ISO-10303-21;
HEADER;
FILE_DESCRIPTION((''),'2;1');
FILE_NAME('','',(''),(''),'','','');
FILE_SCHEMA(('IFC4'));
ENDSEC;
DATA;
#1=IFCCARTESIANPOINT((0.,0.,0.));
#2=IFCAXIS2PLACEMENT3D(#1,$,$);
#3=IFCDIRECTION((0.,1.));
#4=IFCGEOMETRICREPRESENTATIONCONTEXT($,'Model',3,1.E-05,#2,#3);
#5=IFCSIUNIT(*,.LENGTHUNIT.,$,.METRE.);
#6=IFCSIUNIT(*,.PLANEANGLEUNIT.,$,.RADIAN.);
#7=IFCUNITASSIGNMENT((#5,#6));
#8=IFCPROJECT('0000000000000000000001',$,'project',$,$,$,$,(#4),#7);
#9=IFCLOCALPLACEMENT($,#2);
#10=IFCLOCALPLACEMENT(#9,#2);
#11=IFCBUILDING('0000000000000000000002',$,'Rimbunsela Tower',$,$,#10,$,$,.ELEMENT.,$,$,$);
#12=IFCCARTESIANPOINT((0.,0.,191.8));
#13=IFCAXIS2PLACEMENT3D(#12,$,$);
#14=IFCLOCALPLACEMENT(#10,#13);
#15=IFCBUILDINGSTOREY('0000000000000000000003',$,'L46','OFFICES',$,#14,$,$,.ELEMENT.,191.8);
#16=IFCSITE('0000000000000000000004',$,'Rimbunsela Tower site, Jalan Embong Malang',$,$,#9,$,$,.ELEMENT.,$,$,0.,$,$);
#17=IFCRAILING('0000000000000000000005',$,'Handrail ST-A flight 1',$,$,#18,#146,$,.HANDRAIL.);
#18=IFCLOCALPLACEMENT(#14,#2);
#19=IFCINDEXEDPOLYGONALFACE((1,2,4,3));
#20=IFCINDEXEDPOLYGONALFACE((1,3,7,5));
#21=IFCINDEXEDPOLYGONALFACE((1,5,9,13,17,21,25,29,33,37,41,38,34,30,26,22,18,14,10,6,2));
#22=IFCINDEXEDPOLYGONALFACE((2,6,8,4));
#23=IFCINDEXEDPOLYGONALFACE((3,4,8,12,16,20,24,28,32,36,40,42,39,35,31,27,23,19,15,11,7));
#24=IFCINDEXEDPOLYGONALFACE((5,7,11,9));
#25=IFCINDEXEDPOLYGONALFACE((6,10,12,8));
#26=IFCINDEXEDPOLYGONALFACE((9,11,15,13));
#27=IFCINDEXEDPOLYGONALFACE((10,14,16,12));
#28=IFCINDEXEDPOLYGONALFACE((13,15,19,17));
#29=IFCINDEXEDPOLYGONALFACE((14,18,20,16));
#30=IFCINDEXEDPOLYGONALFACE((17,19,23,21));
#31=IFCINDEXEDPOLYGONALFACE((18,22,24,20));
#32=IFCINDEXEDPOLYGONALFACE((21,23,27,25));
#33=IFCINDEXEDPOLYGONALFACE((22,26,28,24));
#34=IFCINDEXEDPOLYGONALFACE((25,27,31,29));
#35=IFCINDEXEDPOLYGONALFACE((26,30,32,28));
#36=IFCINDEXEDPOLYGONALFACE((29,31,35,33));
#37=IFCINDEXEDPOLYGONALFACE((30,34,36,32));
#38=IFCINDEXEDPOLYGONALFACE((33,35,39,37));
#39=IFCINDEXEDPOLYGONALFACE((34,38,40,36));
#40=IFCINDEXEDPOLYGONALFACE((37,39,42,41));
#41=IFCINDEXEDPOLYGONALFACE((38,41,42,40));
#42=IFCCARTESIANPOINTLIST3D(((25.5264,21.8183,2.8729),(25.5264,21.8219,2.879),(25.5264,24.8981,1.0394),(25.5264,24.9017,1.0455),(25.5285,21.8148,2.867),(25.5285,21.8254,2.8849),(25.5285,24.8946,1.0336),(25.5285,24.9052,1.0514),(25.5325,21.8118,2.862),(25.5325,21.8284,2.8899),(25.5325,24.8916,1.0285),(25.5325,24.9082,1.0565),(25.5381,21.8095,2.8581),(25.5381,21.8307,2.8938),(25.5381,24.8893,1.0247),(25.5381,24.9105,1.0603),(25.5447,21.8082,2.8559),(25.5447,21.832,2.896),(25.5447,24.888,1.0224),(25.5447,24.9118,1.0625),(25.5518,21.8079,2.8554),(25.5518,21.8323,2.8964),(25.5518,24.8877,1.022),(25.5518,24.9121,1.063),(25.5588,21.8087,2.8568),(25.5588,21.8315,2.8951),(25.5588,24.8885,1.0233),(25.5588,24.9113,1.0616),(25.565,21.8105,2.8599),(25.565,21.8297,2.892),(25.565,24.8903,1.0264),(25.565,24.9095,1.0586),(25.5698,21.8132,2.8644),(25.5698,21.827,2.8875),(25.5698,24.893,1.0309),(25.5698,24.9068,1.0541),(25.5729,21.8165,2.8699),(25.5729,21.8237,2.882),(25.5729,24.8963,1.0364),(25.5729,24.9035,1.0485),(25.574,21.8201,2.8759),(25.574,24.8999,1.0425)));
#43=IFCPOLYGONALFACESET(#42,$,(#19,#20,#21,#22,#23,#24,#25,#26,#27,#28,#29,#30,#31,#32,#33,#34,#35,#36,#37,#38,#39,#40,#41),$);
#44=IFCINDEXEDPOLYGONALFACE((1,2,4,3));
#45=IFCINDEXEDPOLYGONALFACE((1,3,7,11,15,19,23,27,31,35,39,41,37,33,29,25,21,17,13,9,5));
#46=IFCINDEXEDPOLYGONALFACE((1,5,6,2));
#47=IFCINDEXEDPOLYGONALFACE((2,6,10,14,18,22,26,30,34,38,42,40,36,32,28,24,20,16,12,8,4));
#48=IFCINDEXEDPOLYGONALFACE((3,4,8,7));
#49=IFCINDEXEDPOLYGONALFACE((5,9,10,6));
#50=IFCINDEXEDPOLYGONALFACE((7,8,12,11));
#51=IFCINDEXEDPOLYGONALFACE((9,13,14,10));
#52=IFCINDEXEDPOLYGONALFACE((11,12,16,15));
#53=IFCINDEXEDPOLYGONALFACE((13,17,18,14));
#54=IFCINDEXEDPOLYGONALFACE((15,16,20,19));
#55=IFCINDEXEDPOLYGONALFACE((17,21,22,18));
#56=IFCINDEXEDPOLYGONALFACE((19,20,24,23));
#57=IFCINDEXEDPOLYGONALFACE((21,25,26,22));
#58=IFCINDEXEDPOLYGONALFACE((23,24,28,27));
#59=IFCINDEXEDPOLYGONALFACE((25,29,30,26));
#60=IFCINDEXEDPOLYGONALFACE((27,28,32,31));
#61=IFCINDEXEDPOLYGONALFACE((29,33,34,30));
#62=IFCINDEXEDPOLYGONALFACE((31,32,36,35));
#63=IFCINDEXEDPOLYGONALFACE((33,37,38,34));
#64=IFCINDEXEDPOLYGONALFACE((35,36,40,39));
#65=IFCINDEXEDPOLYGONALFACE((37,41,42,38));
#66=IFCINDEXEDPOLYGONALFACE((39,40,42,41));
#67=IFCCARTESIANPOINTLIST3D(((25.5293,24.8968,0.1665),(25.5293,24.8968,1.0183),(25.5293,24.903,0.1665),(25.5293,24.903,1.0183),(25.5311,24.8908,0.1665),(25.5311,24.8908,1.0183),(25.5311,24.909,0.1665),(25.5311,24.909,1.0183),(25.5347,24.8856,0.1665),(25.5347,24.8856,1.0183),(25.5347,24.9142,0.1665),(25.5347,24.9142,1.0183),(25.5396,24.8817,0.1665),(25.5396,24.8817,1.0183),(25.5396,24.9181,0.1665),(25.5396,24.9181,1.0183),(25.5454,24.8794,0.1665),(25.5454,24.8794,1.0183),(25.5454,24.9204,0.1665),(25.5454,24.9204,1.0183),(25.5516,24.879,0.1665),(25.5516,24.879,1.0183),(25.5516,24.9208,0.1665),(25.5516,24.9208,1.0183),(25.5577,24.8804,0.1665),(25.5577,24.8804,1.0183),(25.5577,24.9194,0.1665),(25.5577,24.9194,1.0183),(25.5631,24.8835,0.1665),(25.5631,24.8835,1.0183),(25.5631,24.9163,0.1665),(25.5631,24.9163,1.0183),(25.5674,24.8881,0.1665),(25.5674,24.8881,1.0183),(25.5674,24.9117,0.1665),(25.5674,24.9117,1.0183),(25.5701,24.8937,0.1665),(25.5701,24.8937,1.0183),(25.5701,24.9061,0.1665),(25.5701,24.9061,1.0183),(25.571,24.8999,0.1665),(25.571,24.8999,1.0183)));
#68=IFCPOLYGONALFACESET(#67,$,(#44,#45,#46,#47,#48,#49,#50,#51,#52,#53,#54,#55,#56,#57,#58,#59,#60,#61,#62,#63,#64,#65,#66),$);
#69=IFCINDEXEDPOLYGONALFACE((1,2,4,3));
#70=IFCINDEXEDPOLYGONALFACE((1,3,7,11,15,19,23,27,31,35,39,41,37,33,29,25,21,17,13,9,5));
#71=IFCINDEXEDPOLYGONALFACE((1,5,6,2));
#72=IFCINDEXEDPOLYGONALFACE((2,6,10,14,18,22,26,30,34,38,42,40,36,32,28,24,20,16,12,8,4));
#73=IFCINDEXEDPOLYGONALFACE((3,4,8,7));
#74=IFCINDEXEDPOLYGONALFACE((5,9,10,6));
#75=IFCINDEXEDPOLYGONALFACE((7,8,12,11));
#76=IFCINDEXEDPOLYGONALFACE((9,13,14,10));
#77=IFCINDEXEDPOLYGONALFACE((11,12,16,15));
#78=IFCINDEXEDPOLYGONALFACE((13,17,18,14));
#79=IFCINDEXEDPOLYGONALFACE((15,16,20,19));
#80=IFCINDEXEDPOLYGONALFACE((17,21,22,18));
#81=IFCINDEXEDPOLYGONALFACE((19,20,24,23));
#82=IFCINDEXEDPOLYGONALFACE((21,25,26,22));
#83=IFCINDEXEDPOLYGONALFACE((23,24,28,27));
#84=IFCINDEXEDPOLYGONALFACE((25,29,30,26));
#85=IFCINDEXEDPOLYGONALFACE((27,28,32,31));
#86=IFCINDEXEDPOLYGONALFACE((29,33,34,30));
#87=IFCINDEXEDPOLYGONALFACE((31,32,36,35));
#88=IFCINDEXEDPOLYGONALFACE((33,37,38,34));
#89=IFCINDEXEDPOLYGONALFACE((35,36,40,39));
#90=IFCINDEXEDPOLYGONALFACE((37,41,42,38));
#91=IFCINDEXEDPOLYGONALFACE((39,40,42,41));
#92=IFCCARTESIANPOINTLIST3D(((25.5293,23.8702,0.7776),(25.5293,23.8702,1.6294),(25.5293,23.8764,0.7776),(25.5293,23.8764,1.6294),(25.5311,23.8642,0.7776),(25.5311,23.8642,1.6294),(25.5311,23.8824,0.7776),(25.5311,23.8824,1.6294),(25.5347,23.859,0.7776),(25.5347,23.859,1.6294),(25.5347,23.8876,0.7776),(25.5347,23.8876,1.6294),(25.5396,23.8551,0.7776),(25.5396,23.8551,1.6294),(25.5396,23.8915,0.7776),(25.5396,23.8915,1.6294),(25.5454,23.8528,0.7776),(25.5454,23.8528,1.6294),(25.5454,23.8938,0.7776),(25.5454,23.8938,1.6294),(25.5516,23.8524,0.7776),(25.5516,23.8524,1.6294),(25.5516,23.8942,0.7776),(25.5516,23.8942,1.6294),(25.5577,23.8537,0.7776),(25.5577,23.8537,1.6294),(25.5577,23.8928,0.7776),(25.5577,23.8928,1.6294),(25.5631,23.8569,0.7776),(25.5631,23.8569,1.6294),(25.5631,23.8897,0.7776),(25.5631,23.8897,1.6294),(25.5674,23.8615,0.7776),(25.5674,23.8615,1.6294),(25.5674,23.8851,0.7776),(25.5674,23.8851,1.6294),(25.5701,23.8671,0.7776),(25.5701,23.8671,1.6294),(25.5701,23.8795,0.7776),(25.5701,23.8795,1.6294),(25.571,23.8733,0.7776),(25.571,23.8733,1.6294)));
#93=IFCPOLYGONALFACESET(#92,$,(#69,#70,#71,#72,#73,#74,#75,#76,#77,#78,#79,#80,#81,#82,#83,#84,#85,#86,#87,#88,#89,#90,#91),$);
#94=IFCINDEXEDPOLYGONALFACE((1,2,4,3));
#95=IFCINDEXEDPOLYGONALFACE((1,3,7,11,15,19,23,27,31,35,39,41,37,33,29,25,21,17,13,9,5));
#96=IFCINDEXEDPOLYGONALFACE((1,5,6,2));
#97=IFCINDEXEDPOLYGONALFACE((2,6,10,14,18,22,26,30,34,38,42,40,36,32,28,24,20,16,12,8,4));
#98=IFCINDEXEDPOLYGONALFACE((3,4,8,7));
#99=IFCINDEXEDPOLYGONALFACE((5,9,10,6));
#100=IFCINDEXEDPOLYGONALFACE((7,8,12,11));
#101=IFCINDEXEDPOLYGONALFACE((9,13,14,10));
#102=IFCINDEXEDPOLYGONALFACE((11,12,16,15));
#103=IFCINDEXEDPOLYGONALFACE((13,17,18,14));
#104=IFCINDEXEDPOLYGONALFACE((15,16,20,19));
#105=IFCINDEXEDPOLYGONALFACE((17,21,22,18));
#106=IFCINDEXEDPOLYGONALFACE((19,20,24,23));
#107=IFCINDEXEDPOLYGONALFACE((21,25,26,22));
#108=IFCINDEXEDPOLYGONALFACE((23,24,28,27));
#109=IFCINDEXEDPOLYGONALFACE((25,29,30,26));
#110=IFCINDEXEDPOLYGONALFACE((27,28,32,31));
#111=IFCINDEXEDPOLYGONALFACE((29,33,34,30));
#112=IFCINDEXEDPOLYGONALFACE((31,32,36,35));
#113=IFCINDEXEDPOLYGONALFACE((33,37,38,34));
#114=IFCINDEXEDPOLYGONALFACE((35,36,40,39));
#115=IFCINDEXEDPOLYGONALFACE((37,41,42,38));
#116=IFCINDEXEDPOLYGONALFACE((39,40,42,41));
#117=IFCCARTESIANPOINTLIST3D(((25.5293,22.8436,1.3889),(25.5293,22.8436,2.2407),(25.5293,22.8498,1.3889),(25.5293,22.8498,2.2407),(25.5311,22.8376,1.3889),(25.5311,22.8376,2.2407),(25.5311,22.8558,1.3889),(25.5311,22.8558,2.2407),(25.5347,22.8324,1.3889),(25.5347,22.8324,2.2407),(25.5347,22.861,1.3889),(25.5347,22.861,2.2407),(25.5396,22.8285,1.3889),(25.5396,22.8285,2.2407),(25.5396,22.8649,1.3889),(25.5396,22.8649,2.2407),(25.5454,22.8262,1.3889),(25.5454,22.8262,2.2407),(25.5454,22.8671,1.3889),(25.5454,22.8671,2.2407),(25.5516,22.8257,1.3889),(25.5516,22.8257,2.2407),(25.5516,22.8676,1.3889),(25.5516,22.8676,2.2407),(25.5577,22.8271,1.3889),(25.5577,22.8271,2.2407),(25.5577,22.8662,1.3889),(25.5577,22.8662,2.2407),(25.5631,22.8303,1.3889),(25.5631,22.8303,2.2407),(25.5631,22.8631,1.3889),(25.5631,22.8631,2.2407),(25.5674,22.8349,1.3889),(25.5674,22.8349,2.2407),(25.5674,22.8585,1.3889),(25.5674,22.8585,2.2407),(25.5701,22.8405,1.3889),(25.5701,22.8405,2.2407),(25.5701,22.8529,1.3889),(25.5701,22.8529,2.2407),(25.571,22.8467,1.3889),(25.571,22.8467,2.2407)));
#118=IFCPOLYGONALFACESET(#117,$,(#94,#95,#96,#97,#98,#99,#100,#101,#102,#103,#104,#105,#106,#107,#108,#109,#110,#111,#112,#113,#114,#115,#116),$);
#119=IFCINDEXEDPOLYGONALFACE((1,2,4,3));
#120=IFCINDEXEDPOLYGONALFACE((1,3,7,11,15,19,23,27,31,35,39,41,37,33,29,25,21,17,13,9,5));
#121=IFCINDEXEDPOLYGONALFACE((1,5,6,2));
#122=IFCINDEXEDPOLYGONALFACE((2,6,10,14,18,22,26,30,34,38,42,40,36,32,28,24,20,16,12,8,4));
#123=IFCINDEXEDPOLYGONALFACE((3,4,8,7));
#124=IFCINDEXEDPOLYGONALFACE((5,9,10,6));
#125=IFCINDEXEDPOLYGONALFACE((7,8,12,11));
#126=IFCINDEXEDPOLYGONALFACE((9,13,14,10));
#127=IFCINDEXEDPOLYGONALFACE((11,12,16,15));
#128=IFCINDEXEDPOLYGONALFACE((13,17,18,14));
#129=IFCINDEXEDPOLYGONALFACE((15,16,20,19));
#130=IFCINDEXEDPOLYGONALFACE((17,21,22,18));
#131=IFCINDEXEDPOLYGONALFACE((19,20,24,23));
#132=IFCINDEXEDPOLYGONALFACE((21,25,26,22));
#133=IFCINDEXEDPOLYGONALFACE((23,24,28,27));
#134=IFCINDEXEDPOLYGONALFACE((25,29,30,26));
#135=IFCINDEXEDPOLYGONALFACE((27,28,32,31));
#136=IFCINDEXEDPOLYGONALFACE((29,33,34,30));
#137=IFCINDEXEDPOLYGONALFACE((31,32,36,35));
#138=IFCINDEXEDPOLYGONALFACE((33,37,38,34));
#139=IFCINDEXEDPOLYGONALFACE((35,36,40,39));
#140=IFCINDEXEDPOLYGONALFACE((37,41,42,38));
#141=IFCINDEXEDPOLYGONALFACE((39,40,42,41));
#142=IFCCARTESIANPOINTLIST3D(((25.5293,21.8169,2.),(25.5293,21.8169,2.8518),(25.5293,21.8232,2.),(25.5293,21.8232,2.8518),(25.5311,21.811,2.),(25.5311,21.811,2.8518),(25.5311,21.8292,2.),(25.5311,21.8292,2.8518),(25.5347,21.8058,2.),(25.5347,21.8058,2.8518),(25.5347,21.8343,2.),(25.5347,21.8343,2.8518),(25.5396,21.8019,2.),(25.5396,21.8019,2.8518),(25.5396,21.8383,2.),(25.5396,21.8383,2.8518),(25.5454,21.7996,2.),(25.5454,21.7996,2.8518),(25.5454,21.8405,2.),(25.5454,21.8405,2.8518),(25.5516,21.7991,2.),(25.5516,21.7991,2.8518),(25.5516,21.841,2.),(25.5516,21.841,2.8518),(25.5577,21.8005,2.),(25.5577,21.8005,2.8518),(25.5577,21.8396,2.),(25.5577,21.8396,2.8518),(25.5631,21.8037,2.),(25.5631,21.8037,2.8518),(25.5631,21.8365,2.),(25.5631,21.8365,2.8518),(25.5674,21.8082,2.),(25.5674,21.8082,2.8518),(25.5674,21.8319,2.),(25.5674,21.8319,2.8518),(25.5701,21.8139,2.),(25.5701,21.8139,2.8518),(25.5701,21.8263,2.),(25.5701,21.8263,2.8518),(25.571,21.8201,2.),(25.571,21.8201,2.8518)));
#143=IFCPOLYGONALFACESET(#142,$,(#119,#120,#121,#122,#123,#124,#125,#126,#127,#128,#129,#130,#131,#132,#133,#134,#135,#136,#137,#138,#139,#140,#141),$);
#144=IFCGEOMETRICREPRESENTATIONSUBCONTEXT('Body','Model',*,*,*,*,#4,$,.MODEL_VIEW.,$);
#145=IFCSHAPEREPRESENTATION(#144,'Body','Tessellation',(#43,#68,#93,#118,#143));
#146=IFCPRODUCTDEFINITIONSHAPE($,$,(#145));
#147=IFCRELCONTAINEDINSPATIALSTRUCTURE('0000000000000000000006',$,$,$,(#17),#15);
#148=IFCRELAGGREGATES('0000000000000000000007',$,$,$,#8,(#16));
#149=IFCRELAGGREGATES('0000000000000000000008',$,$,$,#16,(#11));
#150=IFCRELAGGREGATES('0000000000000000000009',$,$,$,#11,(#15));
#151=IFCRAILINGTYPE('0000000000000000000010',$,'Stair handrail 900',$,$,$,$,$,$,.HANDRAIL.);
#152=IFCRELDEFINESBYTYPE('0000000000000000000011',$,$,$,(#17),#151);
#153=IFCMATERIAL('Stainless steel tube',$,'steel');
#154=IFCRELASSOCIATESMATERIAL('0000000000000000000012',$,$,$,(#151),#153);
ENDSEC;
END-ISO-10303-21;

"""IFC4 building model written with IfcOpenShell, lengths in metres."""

from ifc_helpers import new_model, si_unit, direction, frame, origin, origin_2d, place, context, subcontext, project, spatial, circle, extrude, material, type_object, element, save


model = new_model("IFC4")

# Units and contexts
model_context = context("Model", 3, precision=1e-05, world=origin(), true_north=direction((0.0, 1.0)))
body_context = subcontext(model_context, "Body", "Model", "MODEL_VIEW")
ifc_project = project(units=[si_unit("LENGTHUNIT", "METRE"), si_unit("PLANEANGLEUNIT", "RADIAN")], contexts=[model_context])

# Site, building, storey
site_placement = place(None, origin())
site = spatial("IfcSite", under=ifc_project, at=site_placement, Name="Rimbunsela Tower site, Jalan Embong Malang", CompositionType="ELEMENT", RefElevation=0.0)
building_placement = place(site_placement, origin())
building = spatial("IfcBuilding", under=site, at=building_placement, Name="Rimbunsela Tower", CompositionType="ELEMENT")
storey_placement = place(building_placement, frame((0.0, 0.0, 191.8)))
storey = spatial("IfcBuildingStorey", under=building, at=storey_placement, Name="L46", Description="OFFICES", CompositionType="ELEMENT", Elevation=191.8)

# Railing
ifc_material_1 = material(Name="Stainless steel tube", Category="steel")
railing_type = type_object("IfcRailingType", Name="Stair handrail 900", PredefinedType="HANDRAIL", material=ifc_material_1)
railing_placement = place(storey_placement, frame((25.55, 24.8999, 0.1665)))
element("IfcRailing", 1, at=railing_placement, inside=storey, type_object=railing_type, Name="Handrail ST-A flight 1", PredefinedType="HANDRAIL", context=body_context, shape_type="SweptSolid", body=[
    extrude(circle(Radius=0.0239, at=origin_2d()), frame((0.0, 0.0, 0.876), z_axis=(0.0, -0.859261, 0.511538), x_axis=(1.0, 0.0, 0.0)), (0.0, 0.0, 1.0), 3.5842),
    extrude(circle(Radius=0.021, at=origin_2d()), origin(), (0.0, 0.0, 1.0), 0.8518),
    extrude(circle(Radius=0.021, at=origin_2d()), frame((0.0, -1.0266, 0.6111)), (0.0, 0.0, 1.0), 0.8518),
    extrude(circle(Radius=0.021, at=origin_2d()), frame((0.0, -2.0532, 1.2224)), (0.0, 0.0, 1.0), 0.8518),
    extrude(circle(Radius=0.021, at=origin_2d()), frame((0.0, -3.0798, 1.8335)), (0.0, 0.0, 1.0), 0.8518),
])

save(model, "model.ifc")
